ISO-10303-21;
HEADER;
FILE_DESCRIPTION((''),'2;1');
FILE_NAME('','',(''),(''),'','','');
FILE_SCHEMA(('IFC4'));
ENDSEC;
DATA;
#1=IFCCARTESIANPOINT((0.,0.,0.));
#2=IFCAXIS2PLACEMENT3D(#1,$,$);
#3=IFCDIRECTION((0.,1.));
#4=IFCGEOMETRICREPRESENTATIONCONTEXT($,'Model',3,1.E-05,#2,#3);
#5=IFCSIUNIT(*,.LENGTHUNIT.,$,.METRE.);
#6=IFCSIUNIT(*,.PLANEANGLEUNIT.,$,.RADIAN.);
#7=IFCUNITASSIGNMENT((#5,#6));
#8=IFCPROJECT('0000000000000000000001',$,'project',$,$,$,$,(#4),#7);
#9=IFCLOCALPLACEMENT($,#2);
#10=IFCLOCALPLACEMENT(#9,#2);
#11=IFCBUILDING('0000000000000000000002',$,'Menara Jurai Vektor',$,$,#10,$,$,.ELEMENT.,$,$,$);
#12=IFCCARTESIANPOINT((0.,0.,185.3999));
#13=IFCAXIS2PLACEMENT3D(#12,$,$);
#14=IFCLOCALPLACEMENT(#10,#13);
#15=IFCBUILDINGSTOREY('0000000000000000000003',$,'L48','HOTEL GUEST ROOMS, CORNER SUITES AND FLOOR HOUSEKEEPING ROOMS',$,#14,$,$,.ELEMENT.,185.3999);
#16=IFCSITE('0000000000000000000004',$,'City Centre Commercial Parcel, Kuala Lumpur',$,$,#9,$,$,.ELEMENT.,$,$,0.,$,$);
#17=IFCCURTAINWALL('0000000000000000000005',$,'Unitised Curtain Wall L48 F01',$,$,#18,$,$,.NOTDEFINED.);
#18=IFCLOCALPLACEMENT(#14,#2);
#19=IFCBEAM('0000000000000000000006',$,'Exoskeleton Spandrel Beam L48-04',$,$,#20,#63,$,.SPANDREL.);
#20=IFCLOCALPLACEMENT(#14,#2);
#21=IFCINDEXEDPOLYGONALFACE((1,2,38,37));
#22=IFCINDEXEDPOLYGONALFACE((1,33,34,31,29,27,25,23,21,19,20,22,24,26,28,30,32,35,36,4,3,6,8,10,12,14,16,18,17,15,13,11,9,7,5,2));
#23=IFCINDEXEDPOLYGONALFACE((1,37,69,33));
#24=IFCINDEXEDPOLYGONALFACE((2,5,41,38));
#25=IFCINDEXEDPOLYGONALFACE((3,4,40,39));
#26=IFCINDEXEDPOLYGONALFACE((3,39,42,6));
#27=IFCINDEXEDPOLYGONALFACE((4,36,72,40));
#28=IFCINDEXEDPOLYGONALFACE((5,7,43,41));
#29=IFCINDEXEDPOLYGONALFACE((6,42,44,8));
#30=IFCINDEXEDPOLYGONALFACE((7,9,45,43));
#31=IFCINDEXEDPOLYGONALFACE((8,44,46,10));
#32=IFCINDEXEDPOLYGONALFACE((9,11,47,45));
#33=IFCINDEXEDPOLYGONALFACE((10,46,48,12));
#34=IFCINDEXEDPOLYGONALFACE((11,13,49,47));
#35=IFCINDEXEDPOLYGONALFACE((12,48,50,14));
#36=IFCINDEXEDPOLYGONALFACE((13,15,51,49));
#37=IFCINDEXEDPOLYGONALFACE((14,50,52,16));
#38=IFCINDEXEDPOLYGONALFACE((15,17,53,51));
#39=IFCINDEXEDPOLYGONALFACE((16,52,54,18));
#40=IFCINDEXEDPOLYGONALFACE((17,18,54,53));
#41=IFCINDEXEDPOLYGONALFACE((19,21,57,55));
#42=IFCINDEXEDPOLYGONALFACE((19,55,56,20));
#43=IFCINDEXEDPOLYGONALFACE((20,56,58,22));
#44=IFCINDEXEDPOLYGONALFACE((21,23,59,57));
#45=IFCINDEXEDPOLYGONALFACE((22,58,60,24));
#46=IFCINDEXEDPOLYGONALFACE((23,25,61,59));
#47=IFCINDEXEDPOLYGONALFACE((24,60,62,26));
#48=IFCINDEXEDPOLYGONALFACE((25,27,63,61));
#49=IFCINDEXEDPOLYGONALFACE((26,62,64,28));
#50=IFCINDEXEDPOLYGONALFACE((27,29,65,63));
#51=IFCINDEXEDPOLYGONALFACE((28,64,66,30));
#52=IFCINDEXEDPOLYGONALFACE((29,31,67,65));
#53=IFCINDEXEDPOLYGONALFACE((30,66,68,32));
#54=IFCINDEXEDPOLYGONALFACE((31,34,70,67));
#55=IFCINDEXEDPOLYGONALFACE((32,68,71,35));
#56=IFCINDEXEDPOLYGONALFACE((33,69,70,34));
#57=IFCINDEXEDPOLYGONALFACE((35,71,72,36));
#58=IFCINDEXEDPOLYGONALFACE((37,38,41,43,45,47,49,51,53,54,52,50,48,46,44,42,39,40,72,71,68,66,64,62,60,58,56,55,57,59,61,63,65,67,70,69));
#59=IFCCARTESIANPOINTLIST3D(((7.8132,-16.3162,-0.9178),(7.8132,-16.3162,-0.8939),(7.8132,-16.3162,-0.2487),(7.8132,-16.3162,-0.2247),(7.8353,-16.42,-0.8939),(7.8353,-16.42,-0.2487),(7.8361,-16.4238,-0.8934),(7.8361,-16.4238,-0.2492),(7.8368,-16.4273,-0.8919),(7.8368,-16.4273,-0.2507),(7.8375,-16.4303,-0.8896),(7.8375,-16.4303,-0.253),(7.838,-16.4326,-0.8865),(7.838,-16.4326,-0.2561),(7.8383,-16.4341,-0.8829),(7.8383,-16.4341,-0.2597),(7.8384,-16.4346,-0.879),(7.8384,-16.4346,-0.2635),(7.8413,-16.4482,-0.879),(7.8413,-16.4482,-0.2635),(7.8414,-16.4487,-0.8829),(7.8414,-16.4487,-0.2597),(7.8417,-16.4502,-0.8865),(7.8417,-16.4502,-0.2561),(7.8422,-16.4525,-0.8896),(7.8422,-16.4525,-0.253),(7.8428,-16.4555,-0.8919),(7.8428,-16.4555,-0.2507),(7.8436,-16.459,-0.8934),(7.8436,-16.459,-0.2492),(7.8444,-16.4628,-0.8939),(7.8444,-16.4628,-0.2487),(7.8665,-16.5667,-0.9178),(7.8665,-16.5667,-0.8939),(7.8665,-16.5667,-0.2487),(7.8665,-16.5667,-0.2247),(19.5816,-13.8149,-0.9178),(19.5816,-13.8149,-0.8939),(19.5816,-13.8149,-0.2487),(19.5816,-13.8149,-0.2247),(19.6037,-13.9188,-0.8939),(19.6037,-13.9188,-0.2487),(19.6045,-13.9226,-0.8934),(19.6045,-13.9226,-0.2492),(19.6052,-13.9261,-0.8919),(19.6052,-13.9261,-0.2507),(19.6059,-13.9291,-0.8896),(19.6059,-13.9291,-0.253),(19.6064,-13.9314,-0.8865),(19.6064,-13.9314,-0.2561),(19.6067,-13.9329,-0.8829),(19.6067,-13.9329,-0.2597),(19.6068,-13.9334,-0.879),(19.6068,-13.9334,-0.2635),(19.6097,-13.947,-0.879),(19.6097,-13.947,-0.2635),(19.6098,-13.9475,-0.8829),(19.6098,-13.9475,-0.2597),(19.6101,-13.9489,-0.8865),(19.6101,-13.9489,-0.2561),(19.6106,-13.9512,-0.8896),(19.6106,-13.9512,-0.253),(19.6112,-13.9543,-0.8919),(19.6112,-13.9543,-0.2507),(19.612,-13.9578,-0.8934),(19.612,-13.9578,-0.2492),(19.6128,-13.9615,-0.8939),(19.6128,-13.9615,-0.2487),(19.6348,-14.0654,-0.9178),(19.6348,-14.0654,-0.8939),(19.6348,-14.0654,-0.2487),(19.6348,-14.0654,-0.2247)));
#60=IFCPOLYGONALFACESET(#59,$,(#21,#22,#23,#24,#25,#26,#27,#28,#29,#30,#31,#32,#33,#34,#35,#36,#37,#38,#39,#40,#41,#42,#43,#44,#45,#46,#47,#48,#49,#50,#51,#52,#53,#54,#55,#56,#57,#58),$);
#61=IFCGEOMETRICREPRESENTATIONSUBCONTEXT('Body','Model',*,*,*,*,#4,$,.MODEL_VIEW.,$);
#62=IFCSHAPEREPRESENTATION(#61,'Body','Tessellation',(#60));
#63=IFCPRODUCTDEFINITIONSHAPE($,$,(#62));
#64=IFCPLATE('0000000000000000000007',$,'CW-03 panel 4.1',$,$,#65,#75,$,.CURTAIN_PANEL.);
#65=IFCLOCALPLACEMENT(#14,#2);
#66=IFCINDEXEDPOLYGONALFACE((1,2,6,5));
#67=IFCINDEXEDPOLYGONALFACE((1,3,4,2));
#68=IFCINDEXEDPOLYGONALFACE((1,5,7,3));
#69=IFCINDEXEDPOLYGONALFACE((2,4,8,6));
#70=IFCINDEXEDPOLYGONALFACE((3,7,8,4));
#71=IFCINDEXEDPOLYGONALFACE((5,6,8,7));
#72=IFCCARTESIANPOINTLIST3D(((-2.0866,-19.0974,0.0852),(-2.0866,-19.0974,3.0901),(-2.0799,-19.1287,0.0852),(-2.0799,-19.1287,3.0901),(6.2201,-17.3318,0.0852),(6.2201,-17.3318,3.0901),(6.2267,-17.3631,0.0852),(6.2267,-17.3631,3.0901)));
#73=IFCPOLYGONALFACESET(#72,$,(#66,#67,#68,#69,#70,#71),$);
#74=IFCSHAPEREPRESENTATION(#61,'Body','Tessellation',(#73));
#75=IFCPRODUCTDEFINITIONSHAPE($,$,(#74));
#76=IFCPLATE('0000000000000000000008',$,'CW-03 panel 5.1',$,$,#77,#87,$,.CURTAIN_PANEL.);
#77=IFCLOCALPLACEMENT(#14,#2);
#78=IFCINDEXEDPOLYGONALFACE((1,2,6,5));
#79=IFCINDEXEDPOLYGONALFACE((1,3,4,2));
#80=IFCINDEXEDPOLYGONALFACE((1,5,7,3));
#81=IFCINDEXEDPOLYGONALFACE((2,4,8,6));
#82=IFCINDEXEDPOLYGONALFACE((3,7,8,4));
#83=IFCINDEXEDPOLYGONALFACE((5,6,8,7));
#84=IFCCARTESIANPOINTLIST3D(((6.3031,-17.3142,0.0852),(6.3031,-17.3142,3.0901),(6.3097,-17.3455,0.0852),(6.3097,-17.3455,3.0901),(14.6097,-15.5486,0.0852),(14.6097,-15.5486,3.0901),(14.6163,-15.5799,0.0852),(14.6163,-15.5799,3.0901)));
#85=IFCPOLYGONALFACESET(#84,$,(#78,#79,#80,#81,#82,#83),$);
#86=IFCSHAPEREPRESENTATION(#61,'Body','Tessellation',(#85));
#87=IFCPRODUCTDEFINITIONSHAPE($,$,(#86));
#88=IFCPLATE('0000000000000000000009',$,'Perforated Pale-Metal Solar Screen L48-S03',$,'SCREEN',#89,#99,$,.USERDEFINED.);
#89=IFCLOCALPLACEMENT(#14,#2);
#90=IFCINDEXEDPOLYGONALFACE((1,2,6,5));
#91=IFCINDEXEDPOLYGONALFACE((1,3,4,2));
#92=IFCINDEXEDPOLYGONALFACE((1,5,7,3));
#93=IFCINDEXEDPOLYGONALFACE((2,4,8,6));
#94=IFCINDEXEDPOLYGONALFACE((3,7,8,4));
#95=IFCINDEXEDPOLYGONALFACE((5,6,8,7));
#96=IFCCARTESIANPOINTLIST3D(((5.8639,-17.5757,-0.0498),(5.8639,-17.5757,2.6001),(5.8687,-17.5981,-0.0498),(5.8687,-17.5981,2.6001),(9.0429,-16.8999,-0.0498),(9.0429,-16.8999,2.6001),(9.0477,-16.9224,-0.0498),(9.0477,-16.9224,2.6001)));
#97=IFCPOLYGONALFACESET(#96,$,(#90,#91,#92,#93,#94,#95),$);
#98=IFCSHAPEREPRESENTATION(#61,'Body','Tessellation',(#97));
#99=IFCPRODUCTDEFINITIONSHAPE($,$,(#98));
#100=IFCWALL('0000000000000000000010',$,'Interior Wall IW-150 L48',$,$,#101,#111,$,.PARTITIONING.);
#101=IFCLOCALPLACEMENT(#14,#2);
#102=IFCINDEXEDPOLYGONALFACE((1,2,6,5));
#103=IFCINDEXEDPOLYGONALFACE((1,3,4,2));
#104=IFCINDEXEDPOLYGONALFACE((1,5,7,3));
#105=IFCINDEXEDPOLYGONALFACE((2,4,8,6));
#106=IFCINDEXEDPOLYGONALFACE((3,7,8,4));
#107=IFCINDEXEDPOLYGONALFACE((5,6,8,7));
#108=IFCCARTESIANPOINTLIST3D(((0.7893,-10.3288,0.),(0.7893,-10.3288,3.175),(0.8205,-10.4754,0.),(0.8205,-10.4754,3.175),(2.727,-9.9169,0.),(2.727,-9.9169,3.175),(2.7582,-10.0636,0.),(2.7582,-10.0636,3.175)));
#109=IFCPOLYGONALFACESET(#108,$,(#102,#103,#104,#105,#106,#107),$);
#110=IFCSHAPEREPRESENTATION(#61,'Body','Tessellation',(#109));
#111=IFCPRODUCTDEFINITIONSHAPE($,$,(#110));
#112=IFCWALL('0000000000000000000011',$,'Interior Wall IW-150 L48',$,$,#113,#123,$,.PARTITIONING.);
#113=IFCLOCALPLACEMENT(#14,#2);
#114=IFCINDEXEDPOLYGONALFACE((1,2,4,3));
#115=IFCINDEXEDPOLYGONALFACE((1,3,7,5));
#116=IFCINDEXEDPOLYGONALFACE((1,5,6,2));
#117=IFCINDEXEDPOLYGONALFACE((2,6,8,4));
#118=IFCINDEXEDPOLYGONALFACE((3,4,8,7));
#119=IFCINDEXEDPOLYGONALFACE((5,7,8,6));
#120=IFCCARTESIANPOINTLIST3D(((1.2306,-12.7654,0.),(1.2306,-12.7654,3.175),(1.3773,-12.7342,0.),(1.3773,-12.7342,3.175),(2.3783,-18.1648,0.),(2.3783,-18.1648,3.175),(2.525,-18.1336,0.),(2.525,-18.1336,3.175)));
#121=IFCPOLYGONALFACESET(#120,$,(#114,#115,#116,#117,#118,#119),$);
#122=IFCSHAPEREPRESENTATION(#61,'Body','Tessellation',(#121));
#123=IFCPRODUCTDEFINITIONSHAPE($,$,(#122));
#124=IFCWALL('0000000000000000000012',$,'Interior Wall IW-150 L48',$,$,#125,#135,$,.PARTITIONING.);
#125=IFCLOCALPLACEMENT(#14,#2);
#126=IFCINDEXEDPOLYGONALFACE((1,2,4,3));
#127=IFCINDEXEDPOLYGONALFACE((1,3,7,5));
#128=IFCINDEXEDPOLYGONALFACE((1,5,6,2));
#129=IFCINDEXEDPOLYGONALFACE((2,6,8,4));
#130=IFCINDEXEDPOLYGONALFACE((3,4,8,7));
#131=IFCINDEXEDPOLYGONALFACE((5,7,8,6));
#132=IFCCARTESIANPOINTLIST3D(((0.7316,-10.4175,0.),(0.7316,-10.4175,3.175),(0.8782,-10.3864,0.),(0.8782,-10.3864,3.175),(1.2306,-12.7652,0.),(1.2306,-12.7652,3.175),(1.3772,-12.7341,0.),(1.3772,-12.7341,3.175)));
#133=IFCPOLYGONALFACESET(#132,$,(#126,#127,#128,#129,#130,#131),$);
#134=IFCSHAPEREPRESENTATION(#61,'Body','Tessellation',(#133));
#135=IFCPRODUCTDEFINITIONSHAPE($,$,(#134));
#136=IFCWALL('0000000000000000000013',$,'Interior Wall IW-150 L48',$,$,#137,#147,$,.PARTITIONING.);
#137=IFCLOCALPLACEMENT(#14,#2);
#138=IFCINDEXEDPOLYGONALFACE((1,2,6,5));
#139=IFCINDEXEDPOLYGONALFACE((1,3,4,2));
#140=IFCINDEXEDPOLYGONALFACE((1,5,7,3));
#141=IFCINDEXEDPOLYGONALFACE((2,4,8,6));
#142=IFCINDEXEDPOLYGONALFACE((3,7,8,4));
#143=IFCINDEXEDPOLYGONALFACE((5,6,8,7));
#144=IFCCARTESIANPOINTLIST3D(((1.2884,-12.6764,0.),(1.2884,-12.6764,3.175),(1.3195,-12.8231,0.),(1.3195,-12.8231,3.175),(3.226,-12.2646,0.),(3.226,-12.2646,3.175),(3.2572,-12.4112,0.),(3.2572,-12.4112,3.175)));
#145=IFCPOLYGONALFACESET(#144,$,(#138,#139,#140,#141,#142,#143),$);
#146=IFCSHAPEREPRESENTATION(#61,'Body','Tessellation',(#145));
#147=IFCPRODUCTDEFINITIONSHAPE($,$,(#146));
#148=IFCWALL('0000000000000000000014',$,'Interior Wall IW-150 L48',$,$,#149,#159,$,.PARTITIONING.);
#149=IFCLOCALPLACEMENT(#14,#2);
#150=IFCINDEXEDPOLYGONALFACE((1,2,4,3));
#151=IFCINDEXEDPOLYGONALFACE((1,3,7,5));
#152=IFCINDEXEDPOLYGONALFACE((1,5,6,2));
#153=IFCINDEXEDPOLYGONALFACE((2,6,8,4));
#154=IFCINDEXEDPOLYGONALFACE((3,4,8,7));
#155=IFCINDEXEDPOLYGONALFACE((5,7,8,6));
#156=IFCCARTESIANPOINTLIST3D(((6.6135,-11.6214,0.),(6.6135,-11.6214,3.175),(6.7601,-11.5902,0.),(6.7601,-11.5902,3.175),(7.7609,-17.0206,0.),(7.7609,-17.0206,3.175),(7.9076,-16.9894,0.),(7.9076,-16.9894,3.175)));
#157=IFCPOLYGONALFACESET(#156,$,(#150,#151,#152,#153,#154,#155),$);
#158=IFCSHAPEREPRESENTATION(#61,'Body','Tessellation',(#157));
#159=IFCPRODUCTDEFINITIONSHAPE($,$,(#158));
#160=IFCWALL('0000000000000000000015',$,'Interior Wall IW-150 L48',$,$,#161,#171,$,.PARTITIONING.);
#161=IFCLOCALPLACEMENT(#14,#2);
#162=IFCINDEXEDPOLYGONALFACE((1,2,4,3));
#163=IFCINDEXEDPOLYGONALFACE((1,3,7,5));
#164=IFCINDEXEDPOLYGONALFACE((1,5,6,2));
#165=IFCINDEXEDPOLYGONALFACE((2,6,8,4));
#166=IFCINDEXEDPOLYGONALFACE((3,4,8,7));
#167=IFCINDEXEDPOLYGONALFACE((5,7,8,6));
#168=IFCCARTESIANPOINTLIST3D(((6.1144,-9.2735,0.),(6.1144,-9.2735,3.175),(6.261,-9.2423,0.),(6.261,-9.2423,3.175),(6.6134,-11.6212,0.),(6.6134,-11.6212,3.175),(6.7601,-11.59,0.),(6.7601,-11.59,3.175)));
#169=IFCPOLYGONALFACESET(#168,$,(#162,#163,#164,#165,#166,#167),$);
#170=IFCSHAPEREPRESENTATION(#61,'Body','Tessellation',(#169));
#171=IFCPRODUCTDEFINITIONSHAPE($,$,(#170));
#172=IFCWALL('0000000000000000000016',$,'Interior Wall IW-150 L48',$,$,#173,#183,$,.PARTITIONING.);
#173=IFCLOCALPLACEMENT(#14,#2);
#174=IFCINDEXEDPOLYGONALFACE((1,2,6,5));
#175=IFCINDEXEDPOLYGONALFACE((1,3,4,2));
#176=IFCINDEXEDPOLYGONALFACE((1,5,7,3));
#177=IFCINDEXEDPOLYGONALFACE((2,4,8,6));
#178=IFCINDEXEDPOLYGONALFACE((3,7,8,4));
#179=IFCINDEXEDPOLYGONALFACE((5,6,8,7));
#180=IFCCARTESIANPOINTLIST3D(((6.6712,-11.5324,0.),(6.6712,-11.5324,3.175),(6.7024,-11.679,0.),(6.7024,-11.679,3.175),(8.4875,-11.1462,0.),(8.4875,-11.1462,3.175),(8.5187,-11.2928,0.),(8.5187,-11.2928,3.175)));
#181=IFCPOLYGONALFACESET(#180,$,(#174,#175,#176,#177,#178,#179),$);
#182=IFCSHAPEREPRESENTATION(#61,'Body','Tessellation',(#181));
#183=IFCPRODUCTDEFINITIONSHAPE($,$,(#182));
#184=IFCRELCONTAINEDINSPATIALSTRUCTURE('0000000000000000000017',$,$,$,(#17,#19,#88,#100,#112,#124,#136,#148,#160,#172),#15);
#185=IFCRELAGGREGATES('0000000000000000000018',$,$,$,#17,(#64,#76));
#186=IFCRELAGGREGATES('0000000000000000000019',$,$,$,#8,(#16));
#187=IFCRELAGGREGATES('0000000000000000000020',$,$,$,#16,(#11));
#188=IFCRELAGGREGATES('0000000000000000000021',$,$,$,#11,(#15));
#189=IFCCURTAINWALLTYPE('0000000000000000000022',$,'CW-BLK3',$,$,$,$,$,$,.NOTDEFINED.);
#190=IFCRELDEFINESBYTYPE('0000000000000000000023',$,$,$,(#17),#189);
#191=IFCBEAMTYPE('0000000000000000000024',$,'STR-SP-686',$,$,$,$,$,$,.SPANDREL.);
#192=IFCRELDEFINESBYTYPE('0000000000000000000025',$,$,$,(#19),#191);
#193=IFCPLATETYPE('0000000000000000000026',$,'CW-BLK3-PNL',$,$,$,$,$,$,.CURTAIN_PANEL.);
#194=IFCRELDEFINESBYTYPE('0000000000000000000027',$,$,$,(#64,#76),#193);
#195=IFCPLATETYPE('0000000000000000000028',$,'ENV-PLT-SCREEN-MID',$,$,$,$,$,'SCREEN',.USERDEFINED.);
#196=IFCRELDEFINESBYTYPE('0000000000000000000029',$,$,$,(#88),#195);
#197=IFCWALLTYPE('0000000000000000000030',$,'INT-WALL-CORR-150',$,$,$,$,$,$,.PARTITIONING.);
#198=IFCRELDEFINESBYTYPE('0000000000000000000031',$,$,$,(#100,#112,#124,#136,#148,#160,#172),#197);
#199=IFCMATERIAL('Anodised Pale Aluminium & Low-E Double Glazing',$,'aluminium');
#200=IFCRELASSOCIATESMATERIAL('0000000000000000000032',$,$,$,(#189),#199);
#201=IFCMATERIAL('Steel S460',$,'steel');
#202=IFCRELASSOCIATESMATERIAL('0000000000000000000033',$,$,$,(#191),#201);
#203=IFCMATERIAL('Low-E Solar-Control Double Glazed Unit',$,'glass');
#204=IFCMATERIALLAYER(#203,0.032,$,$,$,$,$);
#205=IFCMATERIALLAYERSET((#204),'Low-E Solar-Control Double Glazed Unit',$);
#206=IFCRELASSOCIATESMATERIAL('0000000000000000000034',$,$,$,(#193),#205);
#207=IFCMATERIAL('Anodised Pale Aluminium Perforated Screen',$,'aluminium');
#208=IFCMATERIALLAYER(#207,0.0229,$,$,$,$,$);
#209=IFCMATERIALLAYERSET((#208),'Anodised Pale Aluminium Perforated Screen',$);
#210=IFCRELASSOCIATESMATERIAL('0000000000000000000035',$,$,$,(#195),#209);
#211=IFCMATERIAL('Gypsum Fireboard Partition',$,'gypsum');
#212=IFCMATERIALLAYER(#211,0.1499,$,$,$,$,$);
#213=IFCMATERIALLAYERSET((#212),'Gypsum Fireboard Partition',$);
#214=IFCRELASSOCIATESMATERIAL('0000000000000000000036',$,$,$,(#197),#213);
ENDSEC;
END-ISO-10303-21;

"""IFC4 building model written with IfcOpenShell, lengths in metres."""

from ifc_helpers import new_model, si_unit, direction, frame, frame_2d, origin, origin_2d, place, context, subcontext, project, spatial, rectangle, i_section, extrude, material, layer, layer_set, material_profile, profile_set, type_object, element, aggregate, save


model = new_model("IFC4")

# Units and contexts
model_context = context("Model", 3, precision=1e-05, world=origin(), true_north=direction((0.0, 1.0)))
body_context = subcontext(model_context, "Body", "Model", "MODEL_VIEW")
ifc_project = project(units=[si_unit("LENGTHUNIT", "METRE"), si_unit("PLANEANGLEUNIT", "RADIAN")], contexts=[model_context])

# Site, building, storey
site_placement = place(None, origin())
site = spatial("IfcSite", under=ifc_project, at=site_placement, Name="City Centre Commercial Parcel, Kuala Lumpur", CompositionType="ELEMENT", RefElevation=0.0)
building_placement = place(site_placement, origin())
building = spatial("IfcBuilding", under=site, at=building_placement, Name="Menara Jurai Vektor", CompositionType="ELEMENT")
storey_placement = place(building_placement, frame((0.0, 0.0, 185.3999)))
storey = spatial("IfcBuildingStorey", under=building, at=storey_placement, Name="L48", Description="HOTEL GUEST ROOMS, CORNER SUITES AND FLOOR HOUSEKEEPING ROOMS", CompositionType="ELEMENT", Elevation=185.3999)

# Shared definitions
ifc_material_1 = material(Name="Steel S460", Category="steel")

# Curtain wall
ifc_material_2 = material(Name="Anodised Pale Aluminium & Low-E Double Glazing", Category="aluminium")
curtain_wall_type = type_object("IfcCurtainWallType", Name="CW-BLK3", PredefinedType="NOTDEFINED", material=ifc_material_2)
curtain_wall_placement = place(storey_placement, origin())
curtain_wall = element("IfcCurtainWall", 1, at=curtain_wall_placement, inside=storey, type_object=curtain_wall_type, Name="Unitised Curtain Wall L48 F01", PredefinedType="NOTDEFINED")

# Beam
ifc_material_profile_1 = material_profile(ifc_material_1, i_section(OverallWidth=0.2561, OverallDepth=0.6931, WebThickness=0.0139, FlangeThickness=0.0239, FilletRadius=0.0149, at=origin_2d()), Name="UKB 686x254x170")
ifc_profile_set_1 = profile_set([ifc_material_profile_1], Name="Steel S460")
beam_type_1 = type_object("IfcBeamType", Name="STR-SP-686", PredefinedType="SPANDREL", material=ifc_profile_set_1)
beam_1_placement = place(storey_placement, frame((7.8398, -16.4414, -0.5713), z_axis=(0.978151, 0.207895, 0.0), x_axis=(-0.207895, 0.978151, 0.0)))
element("IfcBeam", 2, at=beam_1_placement, inside=storey, type_object=beam_type_1, Name="Exoskeleton Spandrel Beam L48-04", PredefinedType="SPANDREL", context=body_context, shape_type="SweptSolid", body=[
    extrude(i_section(OverallWidth=0.2561, OverallDepth=0.6931, WebThickness=0.0139, FlangeThickness=0.0239, FilletRadius=0.0149, at=origin_2d()), origin(), (0.0, 0.0, 1.0), 12.0312),
])

# Plates
ifc_material_3 = material(Name="Low-E Solar-Control Double Glazed Unit", Category="glass")
ifc_layer_1 = layer(ifc_material_3, 0.032)
ifc_layer_set_1 = layer_set([ifc_layer_1], Name="Low-E Solar-Control Double Glazed Unit")
plate_type_1 = type_object("IfcPlateType", Name="CW-BLK3-PNL", PredefinedType="CURTAIN_PANEL", material=ifc_layer_set_1)
plate_1_placement = place(storey_placement, frame((2.0701, -18.2302, 0.0852), z_axis=(0.0, 0.0, 1.0), x_axis=(0.978148, 0.207911, 0.0)))
plate_1 = element("IfcPlate", 3, at=plate_1_placement, type_object=plate_type_1, Name="CW-03 panel 4.1", PredefinedType="CURTAIN_PANEL", context=body_context, shape_type="SweptSolid", body=[
    extrude(rectangle(XDim=8.4922, YDim=0.032, at=origin_2d()), origin(), (0.0, 0.0, 1.0), 3.0049),
])
plate_2_placement = place(storey_placement, frame((10.4597, -16.447, 0.0852), z_axis=(0.0, 0.0, 1.0), x_axis=(0.978148, 0.207911, 0.0)))
plate_2 = element("IfcPlate", 4, at=plate_2_placement, type_object=plate_type_1, Name="CW-03 panel 5.1", PredefinedType="CURTAIN_PANEL", context=body_context, shape_type="SweptSolid", body=[
    extrude(rectangle(XDim=8.4922, YDim=0.032, at=origin_2d()), origin(), (0.0, 0.0, 1.0), 3.0049),
])
aggregate(curtain_wall, [plate_1, plate_2])
ifc_material_4 = material(Name="Anodised Pale Aluminium Perforated Screen", Category="aluminium")
ifc_layer_2 = layer(ifc_material_4, 0.0229)
ifc_layer_set_2 = layer_set([ifc_layer_2], Name="Anodised Pale Aluminium Perforated Screen")
plate_type_2 = type_object("IfcPlateType", Name="ENV-PLT-SCREEN-MID", ElementType="SCREEN", PredefinedType="USERDEFINED", material=ifc_layer_set_2)
plate_3_placement = place(storey_placement, frame((7.4558, -17.249, -0.0498), z_axis=(0.0, 0.0, 1.0), x_axis=(0.978148, 0.207912, 0.0)))
element("IfcPlate", 5, at=plate_3_placement, inside=storey, type_object=plate_type_2, Name="Perforated Pale-Metal Solar Screen L48-S03", ObjectType="SCREEN", PredefinedType="USERDEFINED", context=body_context, shape_type="SweptSolid", body=[
    extrude(rectangle(XDim=3.25, YDim=0.0229, at=origin_2d()), origin(), (0.0, 0.0, 1.0), 2.6499),
])

# Shared definitions
ifc_material_5 = material(Name="Gypsum Fireboard Partition", Category="gypsum")
ifc_layer_3 = layer(ifc_material_5, 0.1499)
ifc_layer_set_3 = layer_set([ifc_layer_3], Name="Gypsum Fireboard Partition")
wall_type_1 = type_object("IfcWallType", Name="INT-WALL-CORR-150", PredefinedType="PARTITIONING", material=ifc_layer_set_3)

# Wall
wall_1_placement = place(storey_placement, frame((0.8049, -10.4021, 0.0), z_axis=(0.0, 0.0, 1.0), x_axis=(0.978149, 0.207904, 0.0)))
element("IfcWall", 6, at=wall_1_placement, inside=storey, type_object=wall_type_1, Name="Interior Wall IW-150 L48", PredefinedType="PARTITIONING", context=body_context, shape_type="SweptSolid", body=[
    extrude(rectangle(XDim=1.981, YDim=0.1499, at=frame_2d((0.9905, 0.0))), origin(), (0.0, 0.0, 1.0), 3.175),
])

# Walls
wall_2_placement = place(storey_placement, frame((2.4517, -18.1492, 0.0), z_axis=(0.0, 0.0, 1.0), x_axis=(-0.207916, 0.978147, 0.0)))
element("IfcWall", 7, at=wall_2_placement, inside=storey, type_object=wall_type_1, Name="Interior Wall IW-150 L48", PredefinedType="PARTITIONING", context=body_context, shape_type="SweptSolid", body=[
    extrude(rectangle(XDim=5.52, YDim=0.1499, at=frame_2d((2.76, 0.0))), origin(), (0.0, 0.0, 1.0), 3.175),
])
wall_3_placement = place(storey_placement, frame((1.304, -12.7498, 0.0), z_axis=(0.0, 0.0, 1.0), x_axis=(-0.207917, 0.978146, 0.0)))
element("IfcWall", 8, at=wall_3_placement, inside=storey, type_object=wall_type_1, Name="Interior Wall IW-150 L48", PredefinedType="PARTITIONING", context=body_context, shape_type="SweptSolid", body=[
    extrude(rectangle(XDim=2.4001, YDim=0.1499, at=frame_2d((1.2002, 0.0))), origin(), (0.0, 0.0, 1.0), 3.175),
])
wall_4_placement = place(storey_placement, frame((1.304, -12.7498, 0.0), z_axis=(0.0, 0.0, 1.0), x_axis=(0.978149, 0.207904, 0.0)))
element("IfcWall", 9, at=wall_4_placement, inside=storey, type_object=wall_type_1, Name="Interior Wall IW-150 L48", PredefinedType="PARTITIONING", context=body_context, shape_type="SweptSolid", body=[
    extrude(rectangle(XDim=1.981, YDim=0.1499, at=frame_2d((0.9905, 0.0))), origin(), (0.0, 0.0, 1.0), 3.175),
])

# Walls
wall_5_placement = place(storey_placement, frame((7.8342, -17.0049, 0.0), z_axis=(0.0, 0.0, 1.0), x_axis=(-0.207883, 0.978154, 0.0)))
element("IfcWall", 10, at=wall_5_placement, inside=storey, type_object=wall_type_1, Name="Interior Wall IW-150 L48", PredefinedType="PARTITIONING", context=body_context, shape_type="SweptSolid", body=[
    extrude(rectangle(XDim=5.5198, YDim=0.1499, at=frame_2d((2.7598, 0.0))), origin(), (0.0, 0.0, 1.0), 3.175),
])
wall_6_placement = place(storey_placement, frame((6.6868, -11.6057, 0.0), z_axis=(0.0, 0.0, 1.0), x_axis=(-0.207917, 0.978146, 0.0)))
element("IfcWall", 11, at=wall_6_placement, inside=storey, type_object=wall_type_1, Name="Interior Wall IW-150 L48", PredefinedType="PARTITIONING", context=body_context, shape_type="SweptSolid", body=[
    extrude(rectangle(XDim=2.4001, YDim=0.1499, at=frame_2d((1.2002, 0.0))), origin(), (0.0, 0.0, 1.0), 3.175),
])
wall_7_placement = place(storey_placement, frame((6.6868, -11.6057, 0.0), z_axis=(0.0, 0.0, 1.0), x_axis=(0.978132, 0.207985, 0.0)))
element("IfcWall", 12, at=wall_7_placement, inside=storey, type_object=wall_type_1, Name="Interior Wall IW-150 L48", PredefinedType="PARTITIONING", context=body_context, shape_type="SweptSolid", body=[
    extrude(rectangle(XDim=1.8569, YDim=0.1499, at=frame_2d((0.9285, 0.0))), origin(), (0.0, 0.0, 1.0), 3.175),
])

save(model, "model.ifc")
